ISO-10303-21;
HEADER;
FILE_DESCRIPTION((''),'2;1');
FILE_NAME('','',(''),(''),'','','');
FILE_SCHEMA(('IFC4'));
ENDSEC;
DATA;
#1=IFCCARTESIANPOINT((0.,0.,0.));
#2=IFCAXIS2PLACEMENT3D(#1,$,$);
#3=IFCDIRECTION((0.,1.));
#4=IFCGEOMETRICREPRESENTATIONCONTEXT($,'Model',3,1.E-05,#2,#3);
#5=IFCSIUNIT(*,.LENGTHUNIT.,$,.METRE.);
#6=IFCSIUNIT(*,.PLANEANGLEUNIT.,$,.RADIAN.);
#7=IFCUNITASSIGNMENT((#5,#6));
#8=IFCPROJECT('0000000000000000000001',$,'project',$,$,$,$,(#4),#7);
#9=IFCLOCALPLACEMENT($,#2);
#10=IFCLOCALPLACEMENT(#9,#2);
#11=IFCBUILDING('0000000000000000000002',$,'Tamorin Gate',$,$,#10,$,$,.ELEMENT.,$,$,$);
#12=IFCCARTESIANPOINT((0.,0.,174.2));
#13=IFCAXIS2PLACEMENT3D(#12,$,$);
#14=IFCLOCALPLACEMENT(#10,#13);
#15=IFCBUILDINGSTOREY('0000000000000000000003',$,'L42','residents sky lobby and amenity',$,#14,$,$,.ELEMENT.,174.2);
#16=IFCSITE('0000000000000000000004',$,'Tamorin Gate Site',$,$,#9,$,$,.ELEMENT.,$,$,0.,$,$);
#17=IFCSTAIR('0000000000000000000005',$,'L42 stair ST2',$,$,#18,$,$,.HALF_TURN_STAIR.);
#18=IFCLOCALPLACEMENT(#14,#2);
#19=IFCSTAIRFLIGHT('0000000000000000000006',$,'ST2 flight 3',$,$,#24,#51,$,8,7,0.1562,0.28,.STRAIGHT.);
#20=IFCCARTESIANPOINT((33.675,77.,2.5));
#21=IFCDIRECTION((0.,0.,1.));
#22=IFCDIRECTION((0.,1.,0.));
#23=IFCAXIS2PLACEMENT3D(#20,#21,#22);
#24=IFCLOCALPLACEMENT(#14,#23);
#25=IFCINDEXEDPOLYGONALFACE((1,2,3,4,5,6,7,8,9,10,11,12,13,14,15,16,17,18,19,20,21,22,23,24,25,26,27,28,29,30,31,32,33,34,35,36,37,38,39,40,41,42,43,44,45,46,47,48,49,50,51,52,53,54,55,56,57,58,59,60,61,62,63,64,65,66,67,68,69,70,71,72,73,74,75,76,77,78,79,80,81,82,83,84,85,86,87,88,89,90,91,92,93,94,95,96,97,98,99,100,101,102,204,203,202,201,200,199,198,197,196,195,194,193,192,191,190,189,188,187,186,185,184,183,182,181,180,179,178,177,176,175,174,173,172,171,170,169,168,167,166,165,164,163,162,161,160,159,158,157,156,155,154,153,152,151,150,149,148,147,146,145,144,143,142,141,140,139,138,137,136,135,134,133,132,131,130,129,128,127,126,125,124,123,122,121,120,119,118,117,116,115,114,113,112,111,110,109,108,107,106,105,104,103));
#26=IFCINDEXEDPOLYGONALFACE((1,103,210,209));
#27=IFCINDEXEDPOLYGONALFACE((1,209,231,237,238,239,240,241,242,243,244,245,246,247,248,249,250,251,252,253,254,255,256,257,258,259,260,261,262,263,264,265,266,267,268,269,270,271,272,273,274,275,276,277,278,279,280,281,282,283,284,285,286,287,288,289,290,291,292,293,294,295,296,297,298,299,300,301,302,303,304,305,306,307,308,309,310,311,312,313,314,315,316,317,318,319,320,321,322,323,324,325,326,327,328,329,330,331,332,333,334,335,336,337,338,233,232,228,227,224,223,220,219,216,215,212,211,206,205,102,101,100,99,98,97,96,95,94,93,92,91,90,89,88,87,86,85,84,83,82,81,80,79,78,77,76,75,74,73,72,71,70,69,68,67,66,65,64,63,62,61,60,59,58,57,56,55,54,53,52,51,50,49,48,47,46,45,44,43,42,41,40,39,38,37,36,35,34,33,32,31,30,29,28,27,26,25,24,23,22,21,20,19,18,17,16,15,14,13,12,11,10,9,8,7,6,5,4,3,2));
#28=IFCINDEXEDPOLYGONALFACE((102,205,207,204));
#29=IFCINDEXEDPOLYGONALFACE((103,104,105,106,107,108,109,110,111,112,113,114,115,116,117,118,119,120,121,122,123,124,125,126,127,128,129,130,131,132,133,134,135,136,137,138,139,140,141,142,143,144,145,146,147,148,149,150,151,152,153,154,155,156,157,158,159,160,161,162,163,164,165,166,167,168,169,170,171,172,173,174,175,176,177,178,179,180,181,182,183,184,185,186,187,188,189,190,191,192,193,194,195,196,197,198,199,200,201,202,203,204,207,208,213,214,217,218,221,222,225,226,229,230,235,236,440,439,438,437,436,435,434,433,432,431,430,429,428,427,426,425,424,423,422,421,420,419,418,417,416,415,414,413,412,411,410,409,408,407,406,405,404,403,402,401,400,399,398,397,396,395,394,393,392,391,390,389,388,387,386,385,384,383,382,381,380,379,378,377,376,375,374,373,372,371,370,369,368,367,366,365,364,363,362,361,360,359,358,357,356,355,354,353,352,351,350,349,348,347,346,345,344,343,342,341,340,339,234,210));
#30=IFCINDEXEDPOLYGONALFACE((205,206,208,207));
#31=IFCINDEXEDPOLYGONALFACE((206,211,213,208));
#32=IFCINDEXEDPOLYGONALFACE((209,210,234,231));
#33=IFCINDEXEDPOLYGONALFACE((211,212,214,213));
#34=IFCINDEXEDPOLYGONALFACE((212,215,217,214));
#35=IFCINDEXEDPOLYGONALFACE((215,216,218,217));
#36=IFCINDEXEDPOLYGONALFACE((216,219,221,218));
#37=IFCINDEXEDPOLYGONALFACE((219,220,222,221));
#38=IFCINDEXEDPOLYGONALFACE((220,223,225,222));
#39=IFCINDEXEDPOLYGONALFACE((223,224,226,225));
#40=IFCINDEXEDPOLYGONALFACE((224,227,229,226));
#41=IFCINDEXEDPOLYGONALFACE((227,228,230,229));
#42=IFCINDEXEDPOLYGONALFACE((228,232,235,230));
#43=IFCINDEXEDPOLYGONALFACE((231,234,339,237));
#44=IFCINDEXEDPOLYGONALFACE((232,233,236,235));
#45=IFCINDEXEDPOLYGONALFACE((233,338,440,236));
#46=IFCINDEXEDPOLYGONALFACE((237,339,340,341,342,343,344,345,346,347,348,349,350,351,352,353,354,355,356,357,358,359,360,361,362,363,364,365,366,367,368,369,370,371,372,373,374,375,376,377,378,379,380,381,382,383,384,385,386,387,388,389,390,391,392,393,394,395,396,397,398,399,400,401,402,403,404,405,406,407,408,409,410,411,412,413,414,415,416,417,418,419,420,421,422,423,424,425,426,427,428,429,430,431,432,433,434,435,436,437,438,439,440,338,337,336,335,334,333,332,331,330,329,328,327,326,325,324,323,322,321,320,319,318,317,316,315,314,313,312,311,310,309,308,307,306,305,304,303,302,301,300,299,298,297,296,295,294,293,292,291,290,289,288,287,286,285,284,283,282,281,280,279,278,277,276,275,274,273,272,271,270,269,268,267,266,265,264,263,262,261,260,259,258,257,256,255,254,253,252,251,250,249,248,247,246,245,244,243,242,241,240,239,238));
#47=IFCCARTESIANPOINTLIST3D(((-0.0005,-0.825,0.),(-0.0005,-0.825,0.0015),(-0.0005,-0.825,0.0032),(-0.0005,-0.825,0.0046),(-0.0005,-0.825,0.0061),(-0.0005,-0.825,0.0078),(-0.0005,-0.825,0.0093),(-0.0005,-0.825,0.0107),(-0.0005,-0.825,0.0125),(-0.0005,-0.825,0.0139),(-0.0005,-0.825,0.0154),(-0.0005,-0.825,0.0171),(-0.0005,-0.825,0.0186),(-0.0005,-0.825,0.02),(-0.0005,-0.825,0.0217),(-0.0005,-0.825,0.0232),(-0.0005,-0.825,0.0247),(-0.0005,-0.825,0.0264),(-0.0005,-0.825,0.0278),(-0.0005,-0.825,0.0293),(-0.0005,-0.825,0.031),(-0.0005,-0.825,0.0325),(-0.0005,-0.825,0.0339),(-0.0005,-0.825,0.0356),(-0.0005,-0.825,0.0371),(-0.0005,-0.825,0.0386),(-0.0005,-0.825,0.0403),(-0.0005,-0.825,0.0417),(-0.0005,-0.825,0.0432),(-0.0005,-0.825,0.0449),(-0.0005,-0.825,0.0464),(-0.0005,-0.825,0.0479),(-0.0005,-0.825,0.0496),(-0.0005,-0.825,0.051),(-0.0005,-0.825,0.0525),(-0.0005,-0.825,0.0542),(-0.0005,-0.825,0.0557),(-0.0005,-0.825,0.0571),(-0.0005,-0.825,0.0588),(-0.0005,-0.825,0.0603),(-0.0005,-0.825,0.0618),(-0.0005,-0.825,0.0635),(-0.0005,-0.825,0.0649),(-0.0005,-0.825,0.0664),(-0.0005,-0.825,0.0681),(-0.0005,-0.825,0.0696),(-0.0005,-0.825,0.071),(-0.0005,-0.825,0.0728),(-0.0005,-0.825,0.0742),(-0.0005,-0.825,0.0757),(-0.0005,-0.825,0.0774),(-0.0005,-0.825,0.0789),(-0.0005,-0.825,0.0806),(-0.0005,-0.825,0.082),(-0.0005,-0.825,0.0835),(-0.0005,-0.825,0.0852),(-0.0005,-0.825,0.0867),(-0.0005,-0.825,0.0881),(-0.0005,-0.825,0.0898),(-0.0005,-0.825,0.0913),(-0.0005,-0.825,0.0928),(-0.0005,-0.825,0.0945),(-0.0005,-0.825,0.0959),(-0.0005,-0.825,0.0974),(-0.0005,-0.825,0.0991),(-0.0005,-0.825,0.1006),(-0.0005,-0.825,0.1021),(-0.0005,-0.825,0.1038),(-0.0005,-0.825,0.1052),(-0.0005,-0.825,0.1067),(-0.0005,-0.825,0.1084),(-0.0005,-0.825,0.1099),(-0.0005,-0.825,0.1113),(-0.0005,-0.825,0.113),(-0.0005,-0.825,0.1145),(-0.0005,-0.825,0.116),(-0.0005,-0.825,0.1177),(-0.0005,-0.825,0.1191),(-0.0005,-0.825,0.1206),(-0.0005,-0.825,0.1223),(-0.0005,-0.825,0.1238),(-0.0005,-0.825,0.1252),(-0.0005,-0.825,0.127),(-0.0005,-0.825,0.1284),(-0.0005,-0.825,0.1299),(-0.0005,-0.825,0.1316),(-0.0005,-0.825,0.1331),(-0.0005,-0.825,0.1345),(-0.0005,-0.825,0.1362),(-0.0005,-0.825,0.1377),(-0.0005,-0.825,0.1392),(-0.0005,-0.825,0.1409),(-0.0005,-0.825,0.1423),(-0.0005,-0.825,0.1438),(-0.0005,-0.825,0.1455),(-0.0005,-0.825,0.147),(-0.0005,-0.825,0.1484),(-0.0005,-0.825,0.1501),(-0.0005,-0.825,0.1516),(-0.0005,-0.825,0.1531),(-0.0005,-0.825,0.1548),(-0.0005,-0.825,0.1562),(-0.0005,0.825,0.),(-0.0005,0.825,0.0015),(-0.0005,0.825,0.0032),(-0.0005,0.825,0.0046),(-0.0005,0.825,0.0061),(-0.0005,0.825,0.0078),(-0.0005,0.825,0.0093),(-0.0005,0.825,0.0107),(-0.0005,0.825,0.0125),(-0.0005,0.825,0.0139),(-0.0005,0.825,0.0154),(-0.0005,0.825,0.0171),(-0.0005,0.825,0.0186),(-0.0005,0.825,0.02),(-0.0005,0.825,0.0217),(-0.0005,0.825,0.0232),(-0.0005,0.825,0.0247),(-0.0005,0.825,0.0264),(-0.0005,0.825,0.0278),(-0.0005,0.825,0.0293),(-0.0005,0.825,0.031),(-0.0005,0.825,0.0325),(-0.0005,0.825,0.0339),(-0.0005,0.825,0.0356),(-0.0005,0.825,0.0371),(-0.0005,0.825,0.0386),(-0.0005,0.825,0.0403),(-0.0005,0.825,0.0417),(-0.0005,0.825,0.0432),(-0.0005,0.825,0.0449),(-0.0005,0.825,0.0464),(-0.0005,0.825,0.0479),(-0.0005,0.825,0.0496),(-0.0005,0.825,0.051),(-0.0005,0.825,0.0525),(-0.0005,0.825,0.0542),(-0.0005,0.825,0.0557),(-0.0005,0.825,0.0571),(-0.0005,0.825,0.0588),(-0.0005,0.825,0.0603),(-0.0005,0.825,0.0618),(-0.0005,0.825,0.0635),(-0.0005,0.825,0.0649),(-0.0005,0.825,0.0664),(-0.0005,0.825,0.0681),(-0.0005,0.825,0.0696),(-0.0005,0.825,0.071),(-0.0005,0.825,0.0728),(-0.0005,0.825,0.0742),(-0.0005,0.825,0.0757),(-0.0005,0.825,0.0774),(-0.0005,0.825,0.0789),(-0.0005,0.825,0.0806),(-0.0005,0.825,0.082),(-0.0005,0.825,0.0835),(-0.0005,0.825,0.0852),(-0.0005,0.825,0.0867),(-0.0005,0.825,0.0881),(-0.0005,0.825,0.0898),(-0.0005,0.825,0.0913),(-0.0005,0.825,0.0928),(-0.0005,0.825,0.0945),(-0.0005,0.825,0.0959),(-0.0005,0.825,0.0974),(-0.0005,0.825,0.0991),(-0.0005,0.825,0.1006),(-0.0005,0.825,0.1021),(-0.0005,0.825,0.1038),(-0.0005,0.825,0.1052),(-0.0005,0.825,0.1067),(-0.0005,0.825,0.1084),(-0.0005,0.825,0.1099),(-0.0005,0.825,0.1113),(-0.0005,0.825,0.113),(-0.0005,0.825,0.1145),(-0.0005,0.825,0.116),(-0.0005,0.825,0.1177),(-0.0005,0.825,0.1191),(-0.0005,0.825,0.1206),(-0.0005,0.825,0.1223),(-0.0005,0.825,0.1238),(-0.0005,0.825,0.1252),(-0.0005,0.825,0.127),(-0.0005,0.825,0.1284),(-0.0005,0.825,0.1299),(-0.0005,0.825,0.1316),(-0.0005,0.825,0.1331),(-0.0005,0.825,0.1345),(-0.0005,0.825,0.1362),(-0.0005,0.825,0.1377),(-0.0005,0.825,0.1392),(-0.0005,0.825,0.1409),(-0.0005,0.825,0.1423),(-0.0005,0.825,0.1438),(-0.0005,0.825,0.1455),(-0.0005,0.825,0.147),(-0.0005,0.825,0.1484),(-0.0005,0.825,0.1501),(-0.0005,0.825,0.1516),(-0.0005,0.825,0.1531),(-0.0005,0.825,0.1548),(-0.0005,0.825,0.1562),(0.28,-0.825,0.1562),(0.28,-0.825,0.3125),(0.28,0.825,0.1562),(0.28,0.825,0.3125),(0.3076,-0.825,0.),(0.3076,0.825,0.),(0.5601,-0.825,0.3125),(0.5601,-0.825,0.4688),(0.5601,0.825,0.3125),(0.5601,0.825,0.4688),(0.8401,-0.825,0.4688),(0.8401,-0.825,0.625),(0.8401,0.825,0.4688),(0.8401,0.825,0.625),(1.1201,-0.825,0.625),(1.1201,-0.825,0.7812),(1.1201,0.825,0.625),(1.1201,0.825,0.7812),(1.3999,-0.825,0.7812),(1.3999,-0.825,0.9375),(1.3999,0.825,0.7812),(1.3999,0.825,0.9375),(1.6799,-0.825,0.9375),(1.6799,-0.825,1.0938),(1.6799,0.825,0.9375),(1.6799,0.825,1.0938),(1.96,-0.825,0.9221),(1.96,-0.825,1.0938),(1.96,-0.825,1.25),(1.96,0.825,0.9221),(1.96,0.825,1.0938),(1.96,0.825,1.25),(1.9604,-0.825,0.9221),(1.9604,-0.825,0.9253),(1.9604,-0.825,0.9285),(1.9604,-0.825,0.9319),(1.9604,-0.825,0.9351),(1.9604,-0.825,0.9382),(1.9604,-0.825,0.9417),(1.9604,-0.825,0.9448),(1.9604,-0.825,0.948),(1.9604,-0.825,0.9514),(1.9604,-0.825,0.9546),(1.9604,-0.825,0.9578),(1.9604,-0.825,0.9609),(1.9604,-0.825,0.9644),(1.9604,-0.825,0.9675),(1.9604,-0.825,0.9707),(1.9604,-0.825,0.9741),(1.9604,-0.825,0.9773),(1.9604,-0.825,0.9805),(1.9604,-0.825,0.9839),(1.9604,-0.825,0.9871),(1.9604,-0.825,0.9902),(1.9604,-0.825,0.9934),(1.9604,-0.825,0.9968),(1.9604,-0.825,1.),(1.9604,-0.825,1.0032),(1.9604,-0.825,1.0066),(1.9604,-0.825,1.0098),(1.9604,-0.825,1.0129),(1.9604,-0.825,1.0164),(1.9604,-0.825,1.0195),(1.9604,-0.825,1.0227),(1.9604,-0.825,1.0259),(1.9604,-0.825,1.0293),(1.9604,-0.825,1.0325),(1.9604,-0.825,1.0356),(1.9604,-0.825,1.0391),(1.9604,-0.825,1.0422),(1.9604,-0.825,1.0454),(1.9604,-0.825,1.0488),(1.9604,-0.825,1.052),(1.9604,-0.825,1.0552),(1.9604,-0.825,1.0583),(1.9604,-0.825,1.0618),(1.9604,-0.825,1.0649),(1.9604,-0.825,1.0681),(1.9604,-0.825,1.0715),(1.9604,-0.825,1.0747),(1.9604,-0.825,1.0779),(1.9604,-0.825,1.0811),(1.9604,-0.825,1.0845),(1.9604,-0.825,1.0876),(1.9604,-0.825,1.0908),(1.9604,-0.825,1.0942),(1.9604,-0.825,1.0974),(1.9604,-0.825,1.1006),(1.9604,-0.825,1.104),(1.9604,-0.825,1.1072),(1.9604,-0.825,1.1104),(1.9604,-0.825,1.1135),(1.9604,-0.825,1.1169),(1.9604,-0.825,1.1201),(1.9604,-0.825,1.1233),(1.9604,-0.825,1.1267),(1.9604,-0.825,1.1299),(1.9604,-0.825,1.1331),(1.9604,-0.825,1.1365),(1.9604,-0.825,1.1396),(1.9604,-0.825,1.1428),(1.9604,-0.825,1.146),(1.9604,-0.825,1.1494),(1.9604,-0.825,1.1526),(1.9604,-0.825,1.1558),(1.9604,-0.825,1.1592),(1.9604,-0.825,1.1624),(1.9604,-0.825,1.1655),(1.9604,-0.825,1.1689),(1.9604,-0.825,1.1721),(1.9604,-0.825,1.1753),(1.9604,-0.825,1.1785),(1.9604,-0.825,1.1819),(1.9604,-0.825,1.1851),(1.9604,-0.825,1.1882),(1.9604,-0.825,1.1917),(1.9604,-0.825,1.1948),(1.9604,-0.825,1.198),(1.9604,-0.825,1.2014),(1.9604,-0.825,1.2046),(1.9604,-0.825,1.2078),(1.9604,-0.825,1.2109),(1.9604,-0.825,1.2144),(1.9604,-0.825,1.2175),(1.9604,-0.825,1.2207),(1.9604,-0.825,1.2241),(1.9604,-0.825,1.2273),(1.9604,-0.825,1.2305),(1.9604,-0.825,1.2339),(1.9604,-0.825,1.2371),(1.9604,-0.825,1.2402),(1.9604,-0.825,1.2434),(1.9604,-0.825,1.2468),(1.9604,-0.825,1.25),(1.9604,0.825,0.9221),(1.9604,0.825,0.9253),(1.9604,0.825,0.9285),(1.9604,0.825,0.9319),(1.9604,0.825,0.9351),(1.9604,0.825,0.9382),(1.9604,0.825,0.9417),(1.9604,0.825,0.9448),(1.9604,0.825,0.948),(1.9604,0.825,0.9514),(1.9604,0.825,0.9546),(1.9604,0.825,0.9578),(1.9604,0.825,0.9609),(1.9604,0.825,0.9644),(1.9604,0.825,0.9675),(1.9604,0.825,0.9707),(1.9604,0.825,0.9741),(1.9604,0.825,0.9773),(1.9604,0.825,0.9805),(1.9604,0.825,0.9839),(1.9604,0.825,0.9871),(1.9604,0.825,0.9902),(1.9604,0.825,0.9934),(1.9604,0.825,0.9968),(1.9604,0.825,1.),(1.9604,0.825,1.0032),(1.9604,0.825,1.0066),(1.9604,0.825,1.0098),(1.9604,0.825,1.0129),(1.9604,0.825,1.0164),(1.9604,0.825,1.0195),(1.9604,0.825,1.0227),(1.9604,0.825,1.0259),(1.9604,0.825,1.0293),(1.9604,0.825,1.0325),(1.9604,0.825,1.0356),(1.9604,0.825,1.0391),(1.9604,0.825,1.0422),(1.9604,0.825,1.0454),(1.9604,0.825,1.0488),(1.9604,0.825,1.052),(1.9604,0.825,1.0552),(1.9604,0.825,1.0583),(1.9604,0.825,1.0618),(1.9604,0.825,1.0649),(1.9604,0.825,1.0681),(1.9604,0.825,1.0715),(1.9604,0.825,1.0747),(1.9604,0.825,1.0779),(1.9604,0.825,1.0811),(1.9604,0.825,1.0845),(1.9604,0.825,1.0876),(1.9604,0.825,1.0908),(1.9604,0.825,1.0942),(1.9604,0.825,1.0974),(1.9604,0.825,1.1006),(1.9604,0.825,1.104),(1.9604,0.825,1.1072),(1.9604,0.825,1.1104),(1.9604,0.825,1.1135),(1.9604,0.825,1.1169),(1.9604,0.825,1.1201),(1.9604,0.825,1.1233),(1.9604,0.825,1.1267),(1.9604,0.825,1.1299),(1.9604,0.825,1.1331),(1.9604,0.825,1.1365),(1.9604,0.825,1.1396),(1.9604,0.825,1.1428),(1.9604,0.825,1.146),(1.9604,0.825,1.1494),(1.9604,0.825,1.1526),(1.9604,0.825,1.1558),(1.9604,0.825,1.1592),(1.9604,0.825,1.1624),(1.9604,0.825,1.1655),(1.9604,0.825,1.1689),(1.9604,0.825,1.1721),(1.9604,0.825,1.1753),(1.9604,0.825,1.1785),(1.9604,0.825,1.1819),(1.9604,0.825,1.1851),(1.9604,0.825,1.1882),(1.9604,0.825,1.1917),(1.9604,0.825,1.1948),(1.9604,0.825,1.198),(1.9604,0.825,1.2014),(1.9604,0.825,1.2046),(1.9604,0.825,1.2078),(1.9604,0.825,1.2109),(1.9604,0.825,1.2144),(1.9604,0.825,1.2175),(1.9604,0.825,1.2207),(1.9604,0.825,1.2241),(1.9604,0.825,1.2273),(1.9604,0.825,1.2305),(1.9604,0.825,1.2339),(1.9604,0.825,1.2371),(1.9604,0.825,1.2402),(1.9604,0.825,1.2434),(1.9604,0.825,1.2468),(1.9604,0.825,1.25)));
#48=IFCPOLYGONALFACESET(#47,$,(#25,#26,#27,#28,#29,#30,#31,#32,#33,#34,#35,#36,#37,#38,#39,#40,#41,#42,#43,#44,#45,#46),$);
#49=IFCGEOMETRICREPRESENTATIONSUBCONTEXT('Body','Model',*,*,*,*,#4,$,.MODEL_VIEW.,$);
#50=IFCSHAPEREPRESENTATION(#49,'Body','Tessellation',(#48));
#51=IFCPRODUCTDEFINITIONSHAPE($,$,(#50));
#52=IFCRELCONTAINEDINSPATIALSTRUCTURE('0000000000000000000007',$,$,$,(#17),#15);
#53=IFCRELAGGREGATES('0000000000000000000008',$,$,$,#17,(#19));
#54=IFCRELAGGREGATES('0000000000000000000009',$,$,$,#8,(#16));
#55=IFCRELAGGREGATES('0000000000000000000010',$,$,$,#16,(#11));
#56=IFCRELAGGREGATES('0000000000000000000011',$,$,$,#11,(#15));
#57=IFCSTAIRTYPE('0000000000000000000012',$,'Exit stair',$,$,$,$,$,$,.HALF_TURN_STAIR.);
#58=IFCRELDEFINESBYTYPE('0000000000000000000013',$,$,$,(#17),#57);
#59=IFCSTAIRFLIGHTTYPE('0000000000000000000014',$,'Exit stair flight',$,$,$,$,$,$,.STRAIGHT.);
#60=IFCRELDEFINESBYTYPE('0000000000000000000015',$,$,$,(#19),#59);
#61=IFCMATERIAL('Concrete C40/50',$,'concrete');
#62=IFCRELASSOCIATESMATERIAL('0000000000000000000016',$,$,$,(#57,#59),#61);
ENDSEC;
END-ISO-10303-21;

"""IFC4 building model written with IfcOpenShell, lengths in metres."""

from ifc_helpers import new_model, si_unit, direction, frame, origin, place, context, subcontext, project, spatial, polyline, outline, extrude, material, type_object, element, aggregate, save


model = new_model("IFC4")

# Units and contexts
model_context = context("Model", 3, precision=1e-05, world=origin(), true_north=direction((0.0, 1.0)))
body_context = subcontext(model_context, "Body", "Model", "MODEL_VIEW")
ifc_project = project(units=[si_unit("LENGTHUNIT", "METRE"), si_unit("PLANEANGLEUNIT", "RADIAN")], contexts=[model_context])

# Site, building, storey
site_placement = place(None, origin())
site = spatial("IfcSite", under=ifc_project, at=site_placement, Name="Tamorin Gate Site", CompositionType="ELEMENT", RefElevation=0.0)
building_placement = place(site_placement, origin())
building = spatial("IfcBuilding", under=site, at=building_placement, Name="Tamorin Gate", CompositionType="ELEMENT")
storey_placement = place(building_placement, frame((0.0, 0.0, 174.2)))
storey = spatial("IfcBuildingStorey", under=building, at=storey_placement, Name="L42", Description="residents sky lobby and amenity", CompositionType="ELEMENT", Elevation=174.2)

# Stair, stair flight
ifc_material_1 = material(Name="Concrete C40/50", Category="concrete")
stair_type = type_object("IfcStairType", Name="Exit stair", PredefinedType="HALF_TURN_STAIR", material=ifc_material_1)
stair_placement = place(storey_placement, origin())
stair = element("IfcStair", 1, at=stair_placement, inside=storey, type_object=stair_type, Name="L42 stair ST2", PredefinedType="HALF_TURN_STAIR")
stair_flight_type = type_object("IfcStairFlightType", Name="Exit stair flight", PredefinedType="STRAIGHT", material=ifc_material_1)
stair_flight_1_placement = place(storey_placement, frame((33.675, 77.0, 2.5), z_axis=(0.0, 0.0, 1.0), x_axis=(0.0, 1.0, 0.0)))
stair_flight_1 = element("IfcStairFlight", 2, at=stair_flight_1_placement, type_object=stair_flight_type, Name="ST2 flight 3", NumberOfRisers=8, NumberOfTreads=7, PredefinedType="STRAIGHT", RiserHeight=0.1562, TreadLength=0.28, context=body_context, shape_type="SweptSolid", body=[
    extrude(outline(polyline([(-0.0005, 0.0), (-0.0005, 0.0015), (-0.0005, 0.0032), (-0.0005, 0.0046), (-0.0005, 0.0061), (-0.0005, 0.0078), (-0.0005, 0.0093), (-0.0005, 0.0107), (-0.0005, 0.0125), (-0.0005, 0.0139), (-0.0005, 0.0154), (-0.0005, 0.0171), (-0.0005, 0.0186), (-0.0005, 0.02), (-0.0005, 0.0217), (-0.0005, 0.0232), (-0.0005, 0.0247), (-0.0005, 0.0264), (-0.0005, 0.0278), (-0.0005, 0.0293), (-0.0005, 0.031), (-0.0005, 0.0325), (-0.0005, 0.0339), (-0.0005, 0.0356), (-0.0005, 0.0371), (-0.0005, 0.0386), (-0.0005, 0.0403), (-0.0005, 0.0417), (-0.0005, 0.0432), (-0.0005, 0.0449), (-0.0005, 0.0464), (-0.0005, 0.0479), (-0.0005, 0.0496), (-0.0005, 0.051), (-0.0005, 0.0525), (-0.0005, 0.0542), (-0.0005, 0.0557), (-0.0005, 0.0571), (-0.0005, 0.0588), (-0.0005, 0.0603), (-0.0005, 0.0618), (-0.0005, 0.0635), (-0.0005, 0.0649), (-0.0005, 0.0664), (-0.0005, 0.0681), (-0.0005, 0.0696), (-0.0005, 0.071), (-0.0005, 0.0728), (-0.0005, 0.0742), (-0.0005, 0.0757), (-0.0005, 0.0774), (-0.0005, 0.0789), (-0.0005, 0.0806), (-0.0005, 0.082), (-0.0005, 0.0835), (-0.0005, 0.0852), (-0.0005, 0.0867), (-0.0005, 0.0881), (-0.0005, 0.0898), (-0.0005, 0.0913), (-0.0005, 0.0928), (-0.0005, 0.0945), (-0.0005, 0.0959), (-0.0005, 0.0974), (-0.0005, 0.0991), (-0.0005, 0.1006), (-0.0005, 0.1021), (-0.0005, 0.1038), (-0.0005, 0.1052), (-0.0005, 0.1067), (-0.0005, 0.1084), (-0.0005, 0.1099), (-0.0005, 0.1113), (-0.0005, 0.113), (-0.0005, 0.1145), (-0.0005, 0.116), (-0.0005, 0.1177), (-0.0005, 0.1191), (-0.0005, 0.1206), (-0.0005, 0.1223), (-0.0005, 0.1238), (-0.0005, 0.1252), (-0.0005, 0.127), (-0.0005, 0.1284), (-0.0005, 0.1299), (-0.0005, 0.1316), (-0.0005, 0.1331), (-0.0005, 0.1345), (-0.0005, 0.1362), (-0.0005, 0.1377), (-0.0005, 0.1392), (-0.0005, 0.1409), (-0.0005, 0.1423), (-0.0005, 0.1438), (-0.0005, 0.1455), (-0.0005, 0.147), (-0.0005, 0.1484), (-0.0005, 0.1501), (-0.0005, 0.1516), (-0.0005, 0.1531), (-0.0005, 0.1548), (-0.0005, 0.1562), (0.28, 0.1562), (0.28, 0.3125), (0.5601, 0.3125), (0.5601, 0.4688), (0.8401, 0.4688), (0.8401, 0.625), (1.1201, 0.625), (1.1201, 0.7812), (1.3999, 0.7812), (1.3999, 0.9375), (1.6799, 0.9375), (1.6799, 1.0938), (1.96, 1.0938), (1.96, 1.25), (1.9604, 1.25), (1.9604, 1.2468), (1.9604, 1.2434), (1.9604, 1.2402), (1.9604, 1.2371), (1.9604, 1.2339), (1.9604, 1.2305), (1.9604, 1.2273), (1.9604, 1.2241), (1.9604, 1.2207), (1.9604, 1.2175), (1.9604, 1.2144), (1.9604, 1.2109), (1.9604, 1.2078), (1.9604, 1.2046), (1.9604, 1.2014), (1.9604, 1.198), (1.9604, 1.1948), (1.9604, 1.1917), (1.9604, 1.1882), (1.9604, 1.1851), (1.9604, 1.1819), (1.9604, 1.1785), (1.9604, 1.1753), (1.9604, 1.1721), (1.9604, 1.1689), (1.9604, 1.1655), (1.9604, 1.1624), (1.9604, 1.1592), (1.9604, 1.1558), (1.9604, 1.1526), (1.9604, 1.1494), (1.9604, 1.146), (1.9604, 1.1428), (1.9604, 1.1396), (1.9604, 1.1365), (1.9604, 1.1331), (1.9604, 1.1299), (1.9604, 1.1267), (1.9604, 1.1233), (1.9604, 1.1201), (1.9604, 1.1169), (1.9604, 1.1135), (1.9604, 1.1104), (1.9604, 1.1072), (1.9604, 1.104), (1.9604, 1.1006), (1.9604, 1.0974), (1.9604, 1.0942), (1.9604, 1.0908), (1.9604, 1.0876), (1.9604, 1.0845), (1.9604, 1.0811), (1.9604, 1.0779), (1.9604, 1.0747), (1.9604, 1.0715), (1.9604, 1.0681), (1.9604, 1.0649), (1.9604, 1.0618), (1.9604, 1.0583), (1.9604, 1.0552), (1.9604, 1.052), (1.9604, 1.0488), (1.9604, 1.0454), (1.9604, 1.0422), (1.9604, 1.0391), (1.9604, 1.0356), (1.9604, 1.0325), (1.9604, 1.0293), (1.9604, 1.0259), (1.9604, 1.0227), (1.9604, 1.0195), (1.9604, 1.0164), (1.9604, 1.0129), (1.9604, 1.0098), (1.9604, 1.0066), (1.9604, 1.0032), (1.9604, 1.0), (1.9604, 0.9968), (1.9604, 0.9934), (1.9604, 0.9902), (1.9604, 0.9871), (1.9604, 0.9839), (1.9604, 0.9805), (1.9604, 0.9773), (1.9604, 0.9741), (1.9604, 0.9707), (1.9604, 0.9675), (1.9604, 0.9644), (1.9604, 0.9609), (1.9604, 0.9578), (1.9604, 0.9546), (1.9604, 0.9514), (1.9604, 0.948), (1.9604, 0.9448), (1.9604, 0.9417), (1.9604, 0.9382), (1.9604, 0.9351), (1.9604, 0.9319), (1.9604, 0.9285), (1.9604, 0.9253), (1.9604, 0.9221), (1.96, 0.9221), (0.3076, 0.0), (-0.0005, 0.0)])), frame((0.0, 0.825, 0.0), z_axis=(0.0, -1.0, 0.0), x_axis=(1.0, 0.0, 0.0)), (0.0, 0.0, 1.0), 1.6499),
])
aggregate(stair, [stair_flight_1])

save(model, "model.ifc")
